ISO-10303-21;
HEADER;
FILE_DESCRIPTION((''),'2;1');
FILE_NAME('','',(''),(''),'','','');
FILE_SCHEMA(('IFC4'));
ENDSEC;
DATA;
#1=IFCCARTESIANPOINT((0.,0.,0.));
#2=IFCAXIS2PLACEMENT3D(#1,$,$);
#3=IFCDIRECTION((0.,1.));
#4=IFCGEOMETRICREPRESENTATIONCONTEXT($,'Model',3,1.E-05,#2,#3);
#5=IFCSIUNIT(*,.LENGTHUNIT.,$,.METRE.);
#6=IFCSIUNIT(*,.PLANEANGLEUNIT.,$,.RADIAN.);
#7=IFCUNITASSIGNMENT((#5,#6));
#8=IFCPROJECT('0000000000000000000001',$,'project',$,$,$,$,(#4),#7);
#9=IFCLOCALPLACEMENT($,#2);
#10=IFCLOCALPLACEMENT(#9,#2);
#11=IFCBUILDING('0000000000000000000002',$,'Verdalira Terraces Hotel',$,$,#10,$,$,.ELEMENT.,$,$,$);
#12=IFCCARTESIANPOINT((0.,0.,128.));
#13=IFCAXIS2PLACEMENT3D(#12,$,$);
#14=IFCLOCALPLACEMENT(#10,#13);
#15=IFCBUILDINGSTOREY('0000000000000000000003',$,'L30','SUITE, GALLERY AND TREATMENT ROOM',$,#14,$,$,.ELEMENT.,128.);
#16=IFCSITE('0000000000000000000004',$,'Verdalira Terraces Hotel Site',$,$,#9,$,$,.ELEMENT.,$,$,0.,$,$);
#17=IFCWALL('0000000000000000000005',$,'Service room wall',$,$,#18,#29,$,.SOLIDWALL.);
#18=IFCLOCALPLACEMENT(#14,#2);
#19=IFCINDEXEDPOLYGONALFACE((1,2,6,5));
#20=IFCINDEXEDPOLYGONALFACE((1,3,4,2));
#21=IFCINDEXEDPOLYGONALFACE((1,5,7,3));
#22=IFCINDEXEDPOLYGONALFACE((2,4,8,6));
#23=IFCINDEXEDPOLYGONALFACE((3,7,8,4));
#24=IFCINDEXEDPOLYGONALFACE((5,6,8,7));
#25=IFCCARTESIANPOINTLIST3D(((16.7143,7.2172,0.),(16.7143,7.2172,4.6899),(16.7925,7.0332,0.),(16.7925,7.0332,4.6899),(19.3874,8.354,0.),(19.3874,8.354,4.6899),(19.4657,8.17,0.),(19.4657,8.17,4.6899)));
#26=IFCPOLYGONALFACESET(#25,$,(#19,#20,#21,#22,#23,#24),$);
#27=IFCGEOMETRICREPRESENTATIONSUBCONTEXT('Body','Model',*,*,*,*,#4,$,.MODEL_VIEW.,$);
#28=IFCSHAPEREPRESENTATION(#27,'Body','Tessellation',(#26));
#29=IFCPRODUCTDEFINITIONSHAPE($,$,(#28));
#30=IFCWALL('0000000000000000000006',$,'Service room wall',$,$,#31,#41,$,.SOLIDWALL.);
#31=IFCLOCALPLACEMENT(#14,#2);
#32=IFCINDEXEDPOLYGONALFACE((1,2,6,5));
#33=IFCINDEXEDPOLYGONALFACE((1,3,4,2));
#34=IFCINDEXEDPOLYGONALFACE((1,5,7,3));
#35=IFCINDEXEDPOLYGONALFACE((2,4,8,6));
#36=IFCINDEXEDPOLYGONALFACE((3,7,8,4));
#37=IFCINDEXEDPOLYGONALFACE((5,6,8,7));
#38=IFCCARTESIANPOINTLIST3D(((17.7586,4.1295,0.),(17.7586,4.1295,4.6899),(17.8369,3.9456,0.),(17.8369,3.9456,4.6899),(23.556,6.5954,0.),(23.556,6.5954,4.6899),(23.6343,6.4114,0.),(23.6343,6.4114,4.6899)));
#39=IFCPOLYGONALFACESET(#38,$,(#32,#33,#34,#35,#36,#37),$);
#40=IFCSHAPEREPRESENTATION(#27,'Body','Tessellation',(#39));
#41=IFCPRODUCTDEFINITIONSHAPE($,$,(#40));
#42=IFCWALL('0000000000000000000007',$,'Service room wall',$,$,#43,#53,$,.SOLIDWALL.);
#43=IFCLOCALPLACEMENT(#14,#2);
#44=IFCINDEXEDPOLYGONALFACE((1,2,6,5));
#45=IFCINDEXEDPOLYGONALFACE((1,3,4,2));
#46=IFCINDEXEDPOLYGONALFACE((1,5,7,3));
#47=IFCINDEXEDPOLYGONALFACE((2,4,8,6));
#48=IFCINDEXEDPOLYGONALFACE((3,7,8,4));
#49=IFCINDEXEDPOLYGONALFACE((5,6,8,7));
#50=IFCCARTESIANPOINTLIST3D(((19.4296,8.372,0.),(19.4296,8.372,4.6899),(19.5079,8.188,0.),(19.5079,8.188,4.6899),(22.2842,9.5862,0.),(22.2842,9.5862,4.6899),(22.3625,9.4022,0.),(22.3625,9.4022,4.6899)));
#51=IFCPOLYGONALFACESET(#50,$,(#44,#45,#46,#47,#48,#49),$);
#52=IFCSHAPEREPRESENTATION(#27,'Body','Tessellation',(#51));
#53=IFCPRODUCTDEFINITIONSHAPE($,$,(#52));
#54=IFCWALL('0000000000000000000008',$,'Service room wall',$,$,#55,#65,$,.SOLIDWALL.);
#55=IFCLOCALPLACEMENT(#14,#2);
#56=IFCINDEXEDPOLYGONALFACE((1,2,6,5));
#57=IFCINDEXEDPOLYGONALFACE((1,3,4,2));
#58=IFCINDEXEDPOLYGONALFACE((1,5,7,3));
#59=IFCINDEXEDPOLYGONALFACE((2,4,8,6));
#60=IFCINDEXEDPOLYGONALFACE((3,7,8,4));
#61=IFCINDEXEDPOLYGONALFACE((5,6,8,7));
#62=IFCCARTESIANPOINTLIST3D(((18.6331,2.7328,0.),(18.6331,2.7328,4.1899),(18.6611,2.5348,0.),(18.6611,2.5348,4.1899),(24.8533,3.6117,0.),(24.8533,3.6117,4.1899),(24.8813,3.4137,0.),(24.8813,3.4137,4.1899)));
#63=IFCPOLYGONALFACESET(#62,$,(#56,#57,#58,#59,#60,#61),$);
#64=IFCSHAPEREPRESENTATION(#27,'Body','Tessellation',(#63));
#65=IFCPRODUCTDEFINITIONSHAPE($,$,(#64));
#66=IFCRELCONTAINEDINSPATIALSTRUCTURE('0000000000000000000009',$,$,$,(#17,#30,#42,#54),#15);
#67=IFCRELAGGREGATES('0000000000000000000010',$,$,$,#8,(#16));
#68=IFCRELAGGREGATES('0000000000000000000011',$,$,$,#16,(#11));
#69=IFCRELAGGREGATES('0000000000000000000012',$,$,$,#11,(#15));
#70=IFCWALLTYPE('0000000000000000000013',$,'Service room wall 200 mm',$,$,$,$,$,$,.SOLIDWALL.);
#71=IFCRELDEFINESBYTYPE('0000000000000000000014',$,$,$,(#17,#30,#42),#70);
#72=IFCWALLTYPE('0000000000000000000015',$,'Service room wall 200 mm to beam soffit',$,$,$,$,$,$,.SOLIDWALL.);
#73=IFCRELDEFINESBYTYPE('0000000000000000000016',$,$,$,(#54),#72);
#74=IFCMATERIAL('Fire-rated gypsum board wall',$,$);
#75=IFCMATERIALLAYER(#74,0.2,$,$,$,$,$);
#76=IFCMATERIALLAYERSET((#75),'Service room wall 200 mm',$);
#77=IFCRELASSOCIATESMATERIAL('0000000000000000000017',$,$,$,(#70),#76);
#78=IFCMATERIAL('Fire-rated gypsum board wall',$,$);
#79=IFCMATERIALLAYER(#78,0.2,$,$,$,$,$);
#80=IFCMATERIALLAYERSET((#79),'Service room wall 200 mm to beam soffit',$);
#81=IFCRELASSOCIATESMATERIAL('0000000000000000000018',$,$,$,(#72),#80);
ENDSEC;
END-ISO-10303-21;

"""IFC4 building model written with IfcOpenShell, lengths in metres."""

from ifc_helpers import new_model, si_unit, direction, frame, frame_2d, origin, place, context, subcontext, project, spatial, rectangle, extrude, material, layer, layer_set, type_object, element, save


model = new_model("IFC4")

# Units and contexts
model_context = context("Model", 3, precision=1e-05, world=origin(), true_north=direction((0.0, 1.0)))
body_context = subcontext(model_context, "Body", "Model", "MODEL_VIEW")
ifc_project = project(units=[si_unit("LENGTHUNIT", "METRE"), si_unit("PLANEANGLEUNIT", "RADIAN")], contexts=[model_context])

# Site, building, storey
site_placement = place(None, origin())
site = spatial("IfcSite", under=ifc_project, at=site_placement, Name="Verdalira Terraces Hotel Site", CompositionType="ELEMENT", RefElevation=0.0)
building_placement = place(site_placement, origin())
building = spatial("IfcBuilding", under=site, at=building_placement, Name="Verdalira Terraces Hotel", CompositionType="ELEMENT")
storey_placement = place(building_placement, frame((0.0, 0.0, 128.0)))
storey = spatial("IfcBuildingStorey", under=building, at=storey_placement, Name="L30", Description="SUITE, GALLERY AND TREATMENT ROOM", CompositionType="ELEMENT", Elevation=128.0)

# Walls
ifc_material_1 = material(Name="Fire-rated gypsum board wall")
ifc_layer_1 = layer(ifc_material_1, 0.2)
ifc_layer_set_1 = layer_set([ifc_layer_1], Name="Service room wall 200 mm")
wall_type_1 = type_object("IfcWallType", Name="Service room wall 200 mm", PredefinedType="SOLIDWALL", material=ifc_layer_set_1)
wall_1_placement = place(storey_placement, frame((16.7534, 7.1252, 0.0), z_axis=(0.0, 0.0, 1.0), x_axis=(0.92025, 0.391331, 0.0)))
element("IfcWall", 1, at=wall_1_placement, inside=storey, type_object=wall_type_1, Name="Service room wall", PredefinedType="SOLIDWALL", context=body_context, shape_type="SweptSolid", body=[
    extrude(rectangle(XDim=2.9048, YDim=0.2, at=frame_2d((1.4524, 0.0))), origin(), (0.0, 0.0, 1.0), 4.6899),
])
wall_2_placement = place(storey_placement, frame((17.7979, 4.0376, 0.0), z_axis=(0.0, 0.0, 1.0), x_axis=(0.92022, 0.391402, 0.0)))
element("IfcWall", 2, at=wall_2_placement, inside=storey, type_object=wall_type_1, Name="Service room wall", PredefinedType="SOLIDWALL", context=body_context, shape_type="SweptSolid", body=[
    extrude(rectangle(XDim=6.3, YDim=0.2, at=frame_2d((3.1499, 0.0))), origin(), (0.0, 0.0, 1.0), 4.6899),
])
wall_3_placement = place(storey_placement, frame((19.4688, 8.28, 0.0), z_axis=(0.0, 0.0, 1.0), x_axis=(0.92022, 0.391401, 0.0)))
element("IfcWall", 3, at=wall_3_placement, inside=storey, type_object=wall_type_1, Name="Service room wall", PredefinedType="SOLIDWALL", context=body_context, shape_type="SweptSolid", body=[
    extrude(rectangle(XDim=3.1021, YDim=0.2, at=frame_2d((1.551, 0.0))), origin(), (0.0, 0.0, 1.0), 4.6899),
])
ifc_material_2 = material(Name="Fire-rated gypsum board wall")
ifc_layer_2 = layer(ifc_material_2, 0.2)
ifc_layer_set_2 = layer_set([ifc_layer_2], Name="Service room wall 200 mm to beam soffit")
wall_type_2 = type_object("IfcWallType", Name="Service room wall 200 mm to beam soffit", PredefinedType="SOLIDWALL", material=ifc_layer_set_2)
wall_4_placement = place(storey_placement, frame((18.647, 2.6338, 0.0), z_axis=(0.0, 0.0, 1.0), x_axis=(0.990164, 0.139909, 0.0)))
element("IfcWall", 4, at=wall_4_placement, inside=storey, type_object=wall_type_2, Name="Service room wall", PredefinedType="SOLIDWALL", context=body_context, shape_type="SweptSolid", body=[
    extrude(rectangle(XDim=6.282, YDim=0.2, at=frame_2d((3.1411, 0.0))), origin(), (0.0, 0.0, 1.0), 4.1899),
])

save(model, "model.ifc")
